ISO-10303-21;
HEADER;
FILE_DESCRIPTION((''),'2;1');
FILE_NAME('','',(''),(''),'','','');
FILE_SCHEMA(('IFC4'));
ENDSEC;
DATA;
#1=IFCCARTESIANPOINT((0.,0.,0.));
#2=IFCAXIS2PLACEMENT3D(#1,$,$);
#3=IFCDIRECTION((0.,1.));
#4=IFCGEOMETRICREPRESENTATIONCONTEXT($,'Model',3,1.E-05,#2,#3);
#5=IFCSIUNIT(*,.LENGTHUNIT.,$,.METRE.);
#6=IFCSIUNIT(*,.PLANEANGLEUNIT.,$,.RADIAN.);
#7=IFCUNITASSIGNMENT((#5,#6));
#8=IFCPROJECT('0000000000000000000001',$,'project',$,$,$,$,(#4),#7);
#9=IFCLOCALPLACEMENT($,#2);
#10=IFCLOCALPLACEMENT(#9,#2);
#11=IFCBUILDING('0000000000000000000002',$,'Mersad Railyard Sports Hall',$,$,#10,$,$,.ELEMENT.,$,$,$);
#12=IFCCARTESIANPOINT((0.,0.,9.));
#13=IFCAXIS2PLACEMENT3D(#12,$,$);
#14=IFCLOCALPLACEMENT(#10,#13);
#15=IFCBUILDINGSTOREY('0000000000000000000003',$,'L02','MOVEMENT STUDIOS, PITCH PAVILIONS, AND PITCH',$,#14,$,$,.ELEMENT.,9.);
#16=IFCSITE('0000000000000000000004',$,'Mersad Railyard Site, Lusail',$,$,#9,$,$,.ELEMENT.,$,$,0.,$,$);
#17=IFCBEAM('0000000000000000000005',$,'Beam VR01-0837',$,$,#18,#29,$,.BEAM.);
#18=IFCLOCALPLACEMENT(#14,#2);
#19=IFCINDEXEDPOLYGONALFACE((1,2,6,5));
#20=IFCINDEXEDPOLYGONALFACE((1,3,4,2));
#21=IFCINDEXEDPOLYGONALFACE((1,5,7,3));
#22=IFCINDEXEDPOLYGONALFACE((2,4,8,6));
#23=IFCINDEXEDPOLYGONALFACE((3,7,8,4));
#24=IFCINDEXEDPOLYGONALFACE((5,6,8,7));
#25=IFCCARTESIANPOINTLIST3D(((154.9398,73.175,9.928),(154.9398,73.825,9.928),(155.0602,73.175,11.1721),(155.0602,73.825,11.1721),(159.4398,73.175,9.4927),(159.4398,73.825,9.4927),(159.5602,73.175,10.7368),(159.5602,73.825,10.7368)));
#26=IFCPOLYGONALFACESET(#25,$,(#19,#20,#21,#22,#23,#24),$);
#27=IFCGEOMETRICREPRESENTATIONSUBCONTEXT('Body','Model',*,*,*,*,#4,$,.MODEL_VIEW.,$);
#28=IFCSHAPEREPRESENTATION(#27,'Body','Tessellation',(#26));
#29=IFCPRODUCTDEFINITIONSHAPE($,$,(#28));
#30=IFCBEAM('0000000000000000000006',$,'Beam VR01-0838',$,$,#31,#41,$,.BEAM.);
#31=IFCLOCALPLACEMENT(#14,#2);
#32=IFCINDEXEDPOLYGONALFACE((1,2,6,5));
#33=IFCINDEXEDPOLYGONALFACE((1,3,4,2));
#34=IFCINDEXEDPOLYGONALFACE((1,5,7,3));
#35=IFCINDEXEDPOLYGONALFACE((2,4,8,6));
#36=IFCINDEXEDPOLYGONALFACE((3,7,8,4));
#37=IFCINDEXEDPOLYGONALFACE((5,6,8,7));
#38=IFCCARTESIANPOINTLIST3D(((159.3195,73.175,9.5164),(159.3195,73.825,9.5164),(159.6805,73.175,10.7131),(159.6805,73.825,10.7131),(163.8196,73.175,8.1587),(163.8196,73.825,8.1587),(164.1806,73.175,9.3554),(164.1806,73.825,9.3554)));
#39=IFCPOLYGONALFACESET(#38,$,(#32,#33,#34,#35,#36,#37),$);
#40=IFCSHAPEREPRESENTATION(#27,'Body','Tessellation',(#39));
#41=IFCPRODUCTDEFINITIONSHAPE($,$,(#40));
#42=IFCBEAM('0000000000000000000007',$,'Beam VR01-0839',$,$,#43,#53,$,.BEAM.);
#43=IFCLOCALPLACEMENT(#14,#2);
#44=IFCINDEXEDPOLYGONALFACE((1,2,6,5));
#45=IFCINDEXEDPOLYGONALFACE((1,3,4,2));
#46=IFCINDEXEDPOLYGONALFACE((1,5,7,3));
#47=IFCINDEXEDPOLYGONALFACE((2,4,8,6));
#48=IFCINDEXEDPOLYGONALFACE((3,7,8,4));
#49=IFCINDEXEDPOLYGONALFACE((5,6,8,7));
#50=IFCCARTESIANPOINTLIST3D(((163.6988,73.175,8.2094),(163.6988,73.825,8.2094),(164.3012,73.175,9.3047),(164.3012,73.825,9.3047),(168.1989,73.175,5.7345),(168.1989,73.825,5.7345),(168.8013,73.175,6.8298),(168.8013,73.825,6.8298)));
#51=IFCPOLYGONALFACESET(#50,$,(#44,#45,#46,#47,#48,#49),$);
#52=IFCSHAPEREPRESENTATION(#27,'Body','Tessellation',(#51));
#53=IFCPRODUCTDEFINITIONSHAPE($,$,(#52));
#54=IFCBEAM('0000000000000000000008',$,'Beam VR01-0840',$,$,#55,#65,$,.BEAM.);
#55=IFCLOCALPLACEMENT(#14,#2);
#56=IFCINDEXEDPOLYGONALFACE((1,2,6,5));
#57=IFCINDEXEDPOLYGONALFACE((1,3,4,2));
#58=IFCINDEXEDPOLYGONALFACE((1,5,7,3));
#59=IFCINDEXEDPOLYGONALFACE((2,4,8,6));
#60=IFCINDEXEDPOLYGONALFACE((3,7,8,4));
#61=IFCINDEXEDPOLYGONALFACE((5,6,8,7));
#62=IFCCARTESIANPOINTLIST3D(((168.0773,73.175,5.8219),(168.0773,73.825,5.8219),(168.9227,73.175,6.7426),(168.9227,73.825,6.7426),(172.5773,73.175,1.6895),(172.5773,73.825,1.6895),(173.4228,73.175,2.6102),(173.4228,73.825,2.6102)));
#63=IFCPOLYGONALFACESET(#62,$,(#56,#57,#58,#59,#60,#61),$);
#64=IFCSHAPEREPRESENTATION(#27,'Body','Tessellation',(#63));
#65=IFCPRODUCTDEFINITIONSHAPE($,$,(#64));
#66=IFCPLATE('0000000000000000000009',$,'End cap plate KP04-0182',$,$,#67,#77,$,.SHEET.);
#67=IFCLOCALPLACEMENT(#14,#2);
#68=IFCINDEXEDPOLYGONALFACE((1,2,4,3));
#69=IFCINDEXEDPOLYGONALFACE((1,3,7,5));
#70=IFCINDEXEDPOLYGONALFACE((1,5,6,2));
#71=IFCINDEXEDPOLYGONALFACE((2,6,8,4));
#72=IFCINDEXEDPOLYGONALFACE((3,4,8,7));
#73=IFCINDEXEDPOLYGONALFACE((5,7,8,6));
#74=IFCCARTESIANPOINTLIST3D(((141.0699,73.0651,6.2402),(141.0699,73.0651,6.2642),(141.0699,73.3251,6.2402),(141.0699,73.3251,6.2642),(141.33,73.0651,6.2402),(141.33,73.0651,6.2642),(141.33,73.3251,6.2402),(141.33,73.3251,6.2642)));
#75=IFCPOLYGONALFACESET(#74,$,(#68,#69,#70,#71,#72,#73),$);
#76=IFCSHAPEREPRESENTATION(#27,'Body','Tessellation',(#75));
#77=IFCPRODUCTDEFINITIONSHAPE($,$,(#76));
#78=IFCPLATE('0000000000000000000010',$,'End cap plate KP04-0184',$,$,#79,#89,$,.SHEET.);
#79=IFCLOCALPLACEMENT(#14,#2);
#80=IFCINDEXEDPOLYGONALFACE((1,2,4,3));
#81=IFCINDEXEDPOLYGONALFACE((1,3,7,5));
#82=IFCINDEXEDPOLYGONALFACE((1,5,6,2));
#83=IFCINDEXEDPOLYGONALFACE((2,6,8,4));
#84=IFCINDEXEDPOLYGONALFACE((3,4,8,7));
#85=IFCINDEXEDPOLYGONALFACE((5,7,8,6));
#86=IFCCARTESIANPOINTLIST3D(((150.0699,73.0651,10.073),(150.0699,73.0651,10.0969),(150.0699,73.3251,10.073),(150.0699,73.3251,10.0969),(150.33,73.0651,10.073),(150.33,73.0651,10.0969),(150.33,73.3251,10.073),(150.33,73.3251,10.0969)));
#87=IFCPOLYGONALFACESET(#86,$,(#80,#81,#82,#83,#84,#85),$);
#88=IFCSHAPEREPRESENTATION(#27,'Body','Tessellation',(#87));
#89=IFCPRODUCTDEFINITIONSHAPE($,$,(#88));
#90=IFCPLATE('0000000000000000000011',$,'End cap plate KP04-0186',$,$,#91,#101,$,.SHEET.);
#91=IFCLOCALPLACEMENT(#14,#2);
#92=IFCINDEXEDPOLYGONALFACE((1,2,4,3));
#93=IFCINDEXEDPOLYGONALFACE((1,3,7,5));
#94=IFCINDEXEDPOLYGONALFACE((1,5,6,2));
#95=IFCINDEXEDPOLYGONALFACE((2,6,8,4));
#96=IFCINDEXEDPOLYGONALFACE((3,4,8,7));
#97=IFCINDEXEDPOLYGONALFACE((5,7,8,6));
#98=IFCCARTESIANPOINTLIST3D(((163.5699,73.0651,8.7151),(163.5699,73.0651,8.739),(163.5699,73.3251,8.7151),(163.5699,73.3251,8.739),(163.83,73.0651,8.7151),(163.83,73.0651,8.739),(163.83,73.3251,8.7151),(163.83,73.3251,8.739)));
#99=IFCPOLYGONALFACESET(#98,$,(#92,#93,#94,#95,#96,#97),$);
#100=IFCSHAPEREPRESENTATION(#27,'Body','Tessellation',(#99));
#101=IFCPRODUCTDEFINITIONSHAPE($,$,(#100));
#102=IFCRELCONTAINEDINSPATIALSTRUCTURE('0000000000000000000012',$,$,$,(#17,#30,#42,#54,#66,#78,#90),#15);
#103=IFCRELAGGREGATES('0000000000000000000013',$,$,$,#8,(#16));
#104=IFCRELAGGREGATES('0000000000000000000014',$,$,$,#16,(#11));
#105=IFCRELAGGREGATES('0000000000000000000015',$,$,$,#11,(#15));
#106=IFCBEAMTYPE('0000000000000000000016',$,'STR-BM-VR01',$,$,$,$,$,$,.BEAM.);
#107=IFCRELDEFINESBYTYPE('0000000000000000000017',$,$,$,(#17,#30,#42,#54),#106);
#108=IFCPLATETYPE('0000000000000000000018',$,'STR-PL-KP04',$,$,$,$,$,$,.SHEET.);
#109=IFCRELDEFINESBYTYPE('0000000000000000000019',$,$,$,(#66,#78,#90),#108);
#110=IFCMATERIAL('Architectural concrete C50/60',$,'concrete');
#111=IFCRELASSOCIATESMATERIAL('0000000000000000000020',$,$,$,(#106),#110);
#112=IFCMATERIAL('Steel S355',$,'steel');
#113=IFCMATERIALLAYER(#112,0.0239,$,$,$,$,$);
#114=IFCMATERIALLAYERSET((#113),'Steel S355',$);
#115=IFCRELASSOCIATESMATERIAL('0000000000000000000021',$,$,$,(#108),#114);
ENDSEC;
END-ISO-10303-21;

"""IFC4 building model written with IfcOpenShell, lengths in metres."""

from ifc_helpers import new_model, si_unit, direction, frame, origin, origin_2d, place, context, subcontext, project, spatial, rectangle, extrude, material, layer, layer_set, material_profile, profile_set, type_object, element, save


model = new_model("IFC4")

# Units and contexts
model_context = context("Model", 3, precision=1e-05, world=origin(), true_north=direction((0.0, 1.0)))
body_context = subcontext(model_context, "Body", "Model", "MODEL_VIEW")
ifc_project = project(units=[si_unit("LENGTHUNIT", "METRE"), si_unit("PLANEANGLEUNIT", "RADIAN")], contexts=[model_context])

# Site, building, storey
site_placement = place(None, origin())
site = spatial("IfcSite", under=ifc_project, at=site_placement, Name="Mersad Railyard Site, Lusail", CompositionType="ELEMENT", RefElevation=0.0)
building_placement = place(site_placement, origin())
building = spatial("IfcBuilding", under=site, at=building_placement, Name="Mersad Railyard Sports Hall", CompositionType="ELEMENT")
storey_placement = place(building_placement, frame((0.0, 0.0, 9.0)))
storey = spatial("IfcBuildingStorey", under=building, at=storey_placement, Name="L02", Description="MOVEMENT STUDIOS, PITCH PAVILIONS, AND PITCH", CompositionType="ELEMENT", Elevation=9.0)

# Beams
ifc_material_1 = material(Name="Architectural concrete C50/60", Category="concrete")
ifc_material_profile_1 = material_profile(ifc_material_1, rectangle(XDim=0.6499, YDim=1.25, at=origin_2d()), Name="VR 650x1250")
ifc_profile_set_1 = profile_set([ifc_material_profile_1], Name="Architectural concrete C50/60")
beam_type_1 = type_object("IfcBeamType", Name="STR-BM-VR01", PredefinedType="BEAM", material=ifc_profile_set_1)
for number, where, z_axis, x_axis, name in (
    (1, (155.0, 73.5, 10.55), (0.995354, 0.0, -0.096285), (0.0, 1.0, 0.0), "Beam VR01-0837"),
):
    element("IfcBeam", number, at=place(storey_placement, frame(where, z_axis=z_axis, x_axis=x_axis)), inside=storey, type_object=beam_type_1, Name=name, PredefinedType="BEAM", context=body_context, shape_type="SweptSolid", body=[
        extrude(rectangle(XDim=0.6499, YDim=1.25, at=origin_2d()), origin(), (0.0, 0.0, 1.0), 4.521),
    ])
beam_1_placement = place(storey_placement, frame((159.5, 73.5, 10.1147), z_axis=(0.957376, 0.0, -0.288844), x_axis=(0.0, 1.0, 0.0)))
element("IfcBeam", 2, at=beam_1_placement, inside=storey, type_object=beam_type_1, Name="Beam VR01-0838", PredefinedType="BEAM", context=body_context, shape_type="SweptSolid", body=[
    extrude(rectangle(XDim=0.6499, YDim=1.25, at=origin_2d()), origin(), (0.0, 0.0, 1.0), 4.7004),
])
beam_2_placement = place(storey_placement, frame((164.0, 73.5, 8.7571), z_axis=(0.876228, 0.0, -0.481897), x_axis=(0.0, 1.0, 0.0)))
element("IfcBeam", 3, at=beam_2_placement, inside=storey, type_object=beam_type_1, Name="Beam VR01-0839", PredefinedType="BEAM", context=body_context, shape_type="SweptSolid", body=[
    extrude(rectangle(XDim=0.6499, YDim=1.25, at=origin_2d()), origin(), (0.0, 0.0, 1.0), 5.1357),
])
beam_3_placement = place(storey_placement, frame((168.5, 73.5, 6.2822), z_axis=(0.736557, 0.0, -0.676376), x_axis=(0.0, 1.0, 0.0)))
element("IfcBeam", 4, at=beam_3_placement, inside=storey, type_object=beam_type_1, Name="Beam VR01-0840", PredefinedType="BEAM", context=body_context, shape_type="SweptSolid", body=[
    extrude(rectangle(XDim=0.6499, YDim=1.25, at=origin_2d()), origin(), (0.0, 0.0, 1.0), 6.1096),
])

# Plates
ifc_material_2 = material(Name="Steel S355", Category="steel")
ifc_layer = layer(ifc_material_2, 0.0239)
ifc_layer_set = layer_set([ifc_layer], Name="Steel S355")
plate_type = type_object("IfcPlateType", Name="STR-PL-KP04", PredefinedType="SHEET", material=ifc_layer_set)
for number, where, z_axis, x_axis, name in (
    (5, (141.2, 73.1951, 6.2402), (0.0, 0.0, 1.0), (1.0, 0.0, 0.0), "End cap plate KP04-0182"),
    (6, (150.2, 73.1951, 10.073), (0.0, 0.0, 1.0), (1.0, 0.0, 0.0), "End cap plate KP04-0184"),
    (7, (163.7, 73.1951, 8.7151), (0.0, 0.0, 1.0), (1.0, 0.0, 0.0), "End cap plate KP04-0186"),
):
    element("IfcPlate", number, at=place(storey_placement, frame(where, z_axis=z_axis, x_axis=x_axis)), inside=storey, type_object=plate_type, Name=name, PredefinedType="SHEET", context=body_context, shape_type="SweptSolid", body=[
        extrude(rectangle(XDim=0.26, YDim=0.26, at=origin_2d()), origin(), (0.0, 0.0, 1.0), 0.0239),
    ])

save(model, "model.ifc")
